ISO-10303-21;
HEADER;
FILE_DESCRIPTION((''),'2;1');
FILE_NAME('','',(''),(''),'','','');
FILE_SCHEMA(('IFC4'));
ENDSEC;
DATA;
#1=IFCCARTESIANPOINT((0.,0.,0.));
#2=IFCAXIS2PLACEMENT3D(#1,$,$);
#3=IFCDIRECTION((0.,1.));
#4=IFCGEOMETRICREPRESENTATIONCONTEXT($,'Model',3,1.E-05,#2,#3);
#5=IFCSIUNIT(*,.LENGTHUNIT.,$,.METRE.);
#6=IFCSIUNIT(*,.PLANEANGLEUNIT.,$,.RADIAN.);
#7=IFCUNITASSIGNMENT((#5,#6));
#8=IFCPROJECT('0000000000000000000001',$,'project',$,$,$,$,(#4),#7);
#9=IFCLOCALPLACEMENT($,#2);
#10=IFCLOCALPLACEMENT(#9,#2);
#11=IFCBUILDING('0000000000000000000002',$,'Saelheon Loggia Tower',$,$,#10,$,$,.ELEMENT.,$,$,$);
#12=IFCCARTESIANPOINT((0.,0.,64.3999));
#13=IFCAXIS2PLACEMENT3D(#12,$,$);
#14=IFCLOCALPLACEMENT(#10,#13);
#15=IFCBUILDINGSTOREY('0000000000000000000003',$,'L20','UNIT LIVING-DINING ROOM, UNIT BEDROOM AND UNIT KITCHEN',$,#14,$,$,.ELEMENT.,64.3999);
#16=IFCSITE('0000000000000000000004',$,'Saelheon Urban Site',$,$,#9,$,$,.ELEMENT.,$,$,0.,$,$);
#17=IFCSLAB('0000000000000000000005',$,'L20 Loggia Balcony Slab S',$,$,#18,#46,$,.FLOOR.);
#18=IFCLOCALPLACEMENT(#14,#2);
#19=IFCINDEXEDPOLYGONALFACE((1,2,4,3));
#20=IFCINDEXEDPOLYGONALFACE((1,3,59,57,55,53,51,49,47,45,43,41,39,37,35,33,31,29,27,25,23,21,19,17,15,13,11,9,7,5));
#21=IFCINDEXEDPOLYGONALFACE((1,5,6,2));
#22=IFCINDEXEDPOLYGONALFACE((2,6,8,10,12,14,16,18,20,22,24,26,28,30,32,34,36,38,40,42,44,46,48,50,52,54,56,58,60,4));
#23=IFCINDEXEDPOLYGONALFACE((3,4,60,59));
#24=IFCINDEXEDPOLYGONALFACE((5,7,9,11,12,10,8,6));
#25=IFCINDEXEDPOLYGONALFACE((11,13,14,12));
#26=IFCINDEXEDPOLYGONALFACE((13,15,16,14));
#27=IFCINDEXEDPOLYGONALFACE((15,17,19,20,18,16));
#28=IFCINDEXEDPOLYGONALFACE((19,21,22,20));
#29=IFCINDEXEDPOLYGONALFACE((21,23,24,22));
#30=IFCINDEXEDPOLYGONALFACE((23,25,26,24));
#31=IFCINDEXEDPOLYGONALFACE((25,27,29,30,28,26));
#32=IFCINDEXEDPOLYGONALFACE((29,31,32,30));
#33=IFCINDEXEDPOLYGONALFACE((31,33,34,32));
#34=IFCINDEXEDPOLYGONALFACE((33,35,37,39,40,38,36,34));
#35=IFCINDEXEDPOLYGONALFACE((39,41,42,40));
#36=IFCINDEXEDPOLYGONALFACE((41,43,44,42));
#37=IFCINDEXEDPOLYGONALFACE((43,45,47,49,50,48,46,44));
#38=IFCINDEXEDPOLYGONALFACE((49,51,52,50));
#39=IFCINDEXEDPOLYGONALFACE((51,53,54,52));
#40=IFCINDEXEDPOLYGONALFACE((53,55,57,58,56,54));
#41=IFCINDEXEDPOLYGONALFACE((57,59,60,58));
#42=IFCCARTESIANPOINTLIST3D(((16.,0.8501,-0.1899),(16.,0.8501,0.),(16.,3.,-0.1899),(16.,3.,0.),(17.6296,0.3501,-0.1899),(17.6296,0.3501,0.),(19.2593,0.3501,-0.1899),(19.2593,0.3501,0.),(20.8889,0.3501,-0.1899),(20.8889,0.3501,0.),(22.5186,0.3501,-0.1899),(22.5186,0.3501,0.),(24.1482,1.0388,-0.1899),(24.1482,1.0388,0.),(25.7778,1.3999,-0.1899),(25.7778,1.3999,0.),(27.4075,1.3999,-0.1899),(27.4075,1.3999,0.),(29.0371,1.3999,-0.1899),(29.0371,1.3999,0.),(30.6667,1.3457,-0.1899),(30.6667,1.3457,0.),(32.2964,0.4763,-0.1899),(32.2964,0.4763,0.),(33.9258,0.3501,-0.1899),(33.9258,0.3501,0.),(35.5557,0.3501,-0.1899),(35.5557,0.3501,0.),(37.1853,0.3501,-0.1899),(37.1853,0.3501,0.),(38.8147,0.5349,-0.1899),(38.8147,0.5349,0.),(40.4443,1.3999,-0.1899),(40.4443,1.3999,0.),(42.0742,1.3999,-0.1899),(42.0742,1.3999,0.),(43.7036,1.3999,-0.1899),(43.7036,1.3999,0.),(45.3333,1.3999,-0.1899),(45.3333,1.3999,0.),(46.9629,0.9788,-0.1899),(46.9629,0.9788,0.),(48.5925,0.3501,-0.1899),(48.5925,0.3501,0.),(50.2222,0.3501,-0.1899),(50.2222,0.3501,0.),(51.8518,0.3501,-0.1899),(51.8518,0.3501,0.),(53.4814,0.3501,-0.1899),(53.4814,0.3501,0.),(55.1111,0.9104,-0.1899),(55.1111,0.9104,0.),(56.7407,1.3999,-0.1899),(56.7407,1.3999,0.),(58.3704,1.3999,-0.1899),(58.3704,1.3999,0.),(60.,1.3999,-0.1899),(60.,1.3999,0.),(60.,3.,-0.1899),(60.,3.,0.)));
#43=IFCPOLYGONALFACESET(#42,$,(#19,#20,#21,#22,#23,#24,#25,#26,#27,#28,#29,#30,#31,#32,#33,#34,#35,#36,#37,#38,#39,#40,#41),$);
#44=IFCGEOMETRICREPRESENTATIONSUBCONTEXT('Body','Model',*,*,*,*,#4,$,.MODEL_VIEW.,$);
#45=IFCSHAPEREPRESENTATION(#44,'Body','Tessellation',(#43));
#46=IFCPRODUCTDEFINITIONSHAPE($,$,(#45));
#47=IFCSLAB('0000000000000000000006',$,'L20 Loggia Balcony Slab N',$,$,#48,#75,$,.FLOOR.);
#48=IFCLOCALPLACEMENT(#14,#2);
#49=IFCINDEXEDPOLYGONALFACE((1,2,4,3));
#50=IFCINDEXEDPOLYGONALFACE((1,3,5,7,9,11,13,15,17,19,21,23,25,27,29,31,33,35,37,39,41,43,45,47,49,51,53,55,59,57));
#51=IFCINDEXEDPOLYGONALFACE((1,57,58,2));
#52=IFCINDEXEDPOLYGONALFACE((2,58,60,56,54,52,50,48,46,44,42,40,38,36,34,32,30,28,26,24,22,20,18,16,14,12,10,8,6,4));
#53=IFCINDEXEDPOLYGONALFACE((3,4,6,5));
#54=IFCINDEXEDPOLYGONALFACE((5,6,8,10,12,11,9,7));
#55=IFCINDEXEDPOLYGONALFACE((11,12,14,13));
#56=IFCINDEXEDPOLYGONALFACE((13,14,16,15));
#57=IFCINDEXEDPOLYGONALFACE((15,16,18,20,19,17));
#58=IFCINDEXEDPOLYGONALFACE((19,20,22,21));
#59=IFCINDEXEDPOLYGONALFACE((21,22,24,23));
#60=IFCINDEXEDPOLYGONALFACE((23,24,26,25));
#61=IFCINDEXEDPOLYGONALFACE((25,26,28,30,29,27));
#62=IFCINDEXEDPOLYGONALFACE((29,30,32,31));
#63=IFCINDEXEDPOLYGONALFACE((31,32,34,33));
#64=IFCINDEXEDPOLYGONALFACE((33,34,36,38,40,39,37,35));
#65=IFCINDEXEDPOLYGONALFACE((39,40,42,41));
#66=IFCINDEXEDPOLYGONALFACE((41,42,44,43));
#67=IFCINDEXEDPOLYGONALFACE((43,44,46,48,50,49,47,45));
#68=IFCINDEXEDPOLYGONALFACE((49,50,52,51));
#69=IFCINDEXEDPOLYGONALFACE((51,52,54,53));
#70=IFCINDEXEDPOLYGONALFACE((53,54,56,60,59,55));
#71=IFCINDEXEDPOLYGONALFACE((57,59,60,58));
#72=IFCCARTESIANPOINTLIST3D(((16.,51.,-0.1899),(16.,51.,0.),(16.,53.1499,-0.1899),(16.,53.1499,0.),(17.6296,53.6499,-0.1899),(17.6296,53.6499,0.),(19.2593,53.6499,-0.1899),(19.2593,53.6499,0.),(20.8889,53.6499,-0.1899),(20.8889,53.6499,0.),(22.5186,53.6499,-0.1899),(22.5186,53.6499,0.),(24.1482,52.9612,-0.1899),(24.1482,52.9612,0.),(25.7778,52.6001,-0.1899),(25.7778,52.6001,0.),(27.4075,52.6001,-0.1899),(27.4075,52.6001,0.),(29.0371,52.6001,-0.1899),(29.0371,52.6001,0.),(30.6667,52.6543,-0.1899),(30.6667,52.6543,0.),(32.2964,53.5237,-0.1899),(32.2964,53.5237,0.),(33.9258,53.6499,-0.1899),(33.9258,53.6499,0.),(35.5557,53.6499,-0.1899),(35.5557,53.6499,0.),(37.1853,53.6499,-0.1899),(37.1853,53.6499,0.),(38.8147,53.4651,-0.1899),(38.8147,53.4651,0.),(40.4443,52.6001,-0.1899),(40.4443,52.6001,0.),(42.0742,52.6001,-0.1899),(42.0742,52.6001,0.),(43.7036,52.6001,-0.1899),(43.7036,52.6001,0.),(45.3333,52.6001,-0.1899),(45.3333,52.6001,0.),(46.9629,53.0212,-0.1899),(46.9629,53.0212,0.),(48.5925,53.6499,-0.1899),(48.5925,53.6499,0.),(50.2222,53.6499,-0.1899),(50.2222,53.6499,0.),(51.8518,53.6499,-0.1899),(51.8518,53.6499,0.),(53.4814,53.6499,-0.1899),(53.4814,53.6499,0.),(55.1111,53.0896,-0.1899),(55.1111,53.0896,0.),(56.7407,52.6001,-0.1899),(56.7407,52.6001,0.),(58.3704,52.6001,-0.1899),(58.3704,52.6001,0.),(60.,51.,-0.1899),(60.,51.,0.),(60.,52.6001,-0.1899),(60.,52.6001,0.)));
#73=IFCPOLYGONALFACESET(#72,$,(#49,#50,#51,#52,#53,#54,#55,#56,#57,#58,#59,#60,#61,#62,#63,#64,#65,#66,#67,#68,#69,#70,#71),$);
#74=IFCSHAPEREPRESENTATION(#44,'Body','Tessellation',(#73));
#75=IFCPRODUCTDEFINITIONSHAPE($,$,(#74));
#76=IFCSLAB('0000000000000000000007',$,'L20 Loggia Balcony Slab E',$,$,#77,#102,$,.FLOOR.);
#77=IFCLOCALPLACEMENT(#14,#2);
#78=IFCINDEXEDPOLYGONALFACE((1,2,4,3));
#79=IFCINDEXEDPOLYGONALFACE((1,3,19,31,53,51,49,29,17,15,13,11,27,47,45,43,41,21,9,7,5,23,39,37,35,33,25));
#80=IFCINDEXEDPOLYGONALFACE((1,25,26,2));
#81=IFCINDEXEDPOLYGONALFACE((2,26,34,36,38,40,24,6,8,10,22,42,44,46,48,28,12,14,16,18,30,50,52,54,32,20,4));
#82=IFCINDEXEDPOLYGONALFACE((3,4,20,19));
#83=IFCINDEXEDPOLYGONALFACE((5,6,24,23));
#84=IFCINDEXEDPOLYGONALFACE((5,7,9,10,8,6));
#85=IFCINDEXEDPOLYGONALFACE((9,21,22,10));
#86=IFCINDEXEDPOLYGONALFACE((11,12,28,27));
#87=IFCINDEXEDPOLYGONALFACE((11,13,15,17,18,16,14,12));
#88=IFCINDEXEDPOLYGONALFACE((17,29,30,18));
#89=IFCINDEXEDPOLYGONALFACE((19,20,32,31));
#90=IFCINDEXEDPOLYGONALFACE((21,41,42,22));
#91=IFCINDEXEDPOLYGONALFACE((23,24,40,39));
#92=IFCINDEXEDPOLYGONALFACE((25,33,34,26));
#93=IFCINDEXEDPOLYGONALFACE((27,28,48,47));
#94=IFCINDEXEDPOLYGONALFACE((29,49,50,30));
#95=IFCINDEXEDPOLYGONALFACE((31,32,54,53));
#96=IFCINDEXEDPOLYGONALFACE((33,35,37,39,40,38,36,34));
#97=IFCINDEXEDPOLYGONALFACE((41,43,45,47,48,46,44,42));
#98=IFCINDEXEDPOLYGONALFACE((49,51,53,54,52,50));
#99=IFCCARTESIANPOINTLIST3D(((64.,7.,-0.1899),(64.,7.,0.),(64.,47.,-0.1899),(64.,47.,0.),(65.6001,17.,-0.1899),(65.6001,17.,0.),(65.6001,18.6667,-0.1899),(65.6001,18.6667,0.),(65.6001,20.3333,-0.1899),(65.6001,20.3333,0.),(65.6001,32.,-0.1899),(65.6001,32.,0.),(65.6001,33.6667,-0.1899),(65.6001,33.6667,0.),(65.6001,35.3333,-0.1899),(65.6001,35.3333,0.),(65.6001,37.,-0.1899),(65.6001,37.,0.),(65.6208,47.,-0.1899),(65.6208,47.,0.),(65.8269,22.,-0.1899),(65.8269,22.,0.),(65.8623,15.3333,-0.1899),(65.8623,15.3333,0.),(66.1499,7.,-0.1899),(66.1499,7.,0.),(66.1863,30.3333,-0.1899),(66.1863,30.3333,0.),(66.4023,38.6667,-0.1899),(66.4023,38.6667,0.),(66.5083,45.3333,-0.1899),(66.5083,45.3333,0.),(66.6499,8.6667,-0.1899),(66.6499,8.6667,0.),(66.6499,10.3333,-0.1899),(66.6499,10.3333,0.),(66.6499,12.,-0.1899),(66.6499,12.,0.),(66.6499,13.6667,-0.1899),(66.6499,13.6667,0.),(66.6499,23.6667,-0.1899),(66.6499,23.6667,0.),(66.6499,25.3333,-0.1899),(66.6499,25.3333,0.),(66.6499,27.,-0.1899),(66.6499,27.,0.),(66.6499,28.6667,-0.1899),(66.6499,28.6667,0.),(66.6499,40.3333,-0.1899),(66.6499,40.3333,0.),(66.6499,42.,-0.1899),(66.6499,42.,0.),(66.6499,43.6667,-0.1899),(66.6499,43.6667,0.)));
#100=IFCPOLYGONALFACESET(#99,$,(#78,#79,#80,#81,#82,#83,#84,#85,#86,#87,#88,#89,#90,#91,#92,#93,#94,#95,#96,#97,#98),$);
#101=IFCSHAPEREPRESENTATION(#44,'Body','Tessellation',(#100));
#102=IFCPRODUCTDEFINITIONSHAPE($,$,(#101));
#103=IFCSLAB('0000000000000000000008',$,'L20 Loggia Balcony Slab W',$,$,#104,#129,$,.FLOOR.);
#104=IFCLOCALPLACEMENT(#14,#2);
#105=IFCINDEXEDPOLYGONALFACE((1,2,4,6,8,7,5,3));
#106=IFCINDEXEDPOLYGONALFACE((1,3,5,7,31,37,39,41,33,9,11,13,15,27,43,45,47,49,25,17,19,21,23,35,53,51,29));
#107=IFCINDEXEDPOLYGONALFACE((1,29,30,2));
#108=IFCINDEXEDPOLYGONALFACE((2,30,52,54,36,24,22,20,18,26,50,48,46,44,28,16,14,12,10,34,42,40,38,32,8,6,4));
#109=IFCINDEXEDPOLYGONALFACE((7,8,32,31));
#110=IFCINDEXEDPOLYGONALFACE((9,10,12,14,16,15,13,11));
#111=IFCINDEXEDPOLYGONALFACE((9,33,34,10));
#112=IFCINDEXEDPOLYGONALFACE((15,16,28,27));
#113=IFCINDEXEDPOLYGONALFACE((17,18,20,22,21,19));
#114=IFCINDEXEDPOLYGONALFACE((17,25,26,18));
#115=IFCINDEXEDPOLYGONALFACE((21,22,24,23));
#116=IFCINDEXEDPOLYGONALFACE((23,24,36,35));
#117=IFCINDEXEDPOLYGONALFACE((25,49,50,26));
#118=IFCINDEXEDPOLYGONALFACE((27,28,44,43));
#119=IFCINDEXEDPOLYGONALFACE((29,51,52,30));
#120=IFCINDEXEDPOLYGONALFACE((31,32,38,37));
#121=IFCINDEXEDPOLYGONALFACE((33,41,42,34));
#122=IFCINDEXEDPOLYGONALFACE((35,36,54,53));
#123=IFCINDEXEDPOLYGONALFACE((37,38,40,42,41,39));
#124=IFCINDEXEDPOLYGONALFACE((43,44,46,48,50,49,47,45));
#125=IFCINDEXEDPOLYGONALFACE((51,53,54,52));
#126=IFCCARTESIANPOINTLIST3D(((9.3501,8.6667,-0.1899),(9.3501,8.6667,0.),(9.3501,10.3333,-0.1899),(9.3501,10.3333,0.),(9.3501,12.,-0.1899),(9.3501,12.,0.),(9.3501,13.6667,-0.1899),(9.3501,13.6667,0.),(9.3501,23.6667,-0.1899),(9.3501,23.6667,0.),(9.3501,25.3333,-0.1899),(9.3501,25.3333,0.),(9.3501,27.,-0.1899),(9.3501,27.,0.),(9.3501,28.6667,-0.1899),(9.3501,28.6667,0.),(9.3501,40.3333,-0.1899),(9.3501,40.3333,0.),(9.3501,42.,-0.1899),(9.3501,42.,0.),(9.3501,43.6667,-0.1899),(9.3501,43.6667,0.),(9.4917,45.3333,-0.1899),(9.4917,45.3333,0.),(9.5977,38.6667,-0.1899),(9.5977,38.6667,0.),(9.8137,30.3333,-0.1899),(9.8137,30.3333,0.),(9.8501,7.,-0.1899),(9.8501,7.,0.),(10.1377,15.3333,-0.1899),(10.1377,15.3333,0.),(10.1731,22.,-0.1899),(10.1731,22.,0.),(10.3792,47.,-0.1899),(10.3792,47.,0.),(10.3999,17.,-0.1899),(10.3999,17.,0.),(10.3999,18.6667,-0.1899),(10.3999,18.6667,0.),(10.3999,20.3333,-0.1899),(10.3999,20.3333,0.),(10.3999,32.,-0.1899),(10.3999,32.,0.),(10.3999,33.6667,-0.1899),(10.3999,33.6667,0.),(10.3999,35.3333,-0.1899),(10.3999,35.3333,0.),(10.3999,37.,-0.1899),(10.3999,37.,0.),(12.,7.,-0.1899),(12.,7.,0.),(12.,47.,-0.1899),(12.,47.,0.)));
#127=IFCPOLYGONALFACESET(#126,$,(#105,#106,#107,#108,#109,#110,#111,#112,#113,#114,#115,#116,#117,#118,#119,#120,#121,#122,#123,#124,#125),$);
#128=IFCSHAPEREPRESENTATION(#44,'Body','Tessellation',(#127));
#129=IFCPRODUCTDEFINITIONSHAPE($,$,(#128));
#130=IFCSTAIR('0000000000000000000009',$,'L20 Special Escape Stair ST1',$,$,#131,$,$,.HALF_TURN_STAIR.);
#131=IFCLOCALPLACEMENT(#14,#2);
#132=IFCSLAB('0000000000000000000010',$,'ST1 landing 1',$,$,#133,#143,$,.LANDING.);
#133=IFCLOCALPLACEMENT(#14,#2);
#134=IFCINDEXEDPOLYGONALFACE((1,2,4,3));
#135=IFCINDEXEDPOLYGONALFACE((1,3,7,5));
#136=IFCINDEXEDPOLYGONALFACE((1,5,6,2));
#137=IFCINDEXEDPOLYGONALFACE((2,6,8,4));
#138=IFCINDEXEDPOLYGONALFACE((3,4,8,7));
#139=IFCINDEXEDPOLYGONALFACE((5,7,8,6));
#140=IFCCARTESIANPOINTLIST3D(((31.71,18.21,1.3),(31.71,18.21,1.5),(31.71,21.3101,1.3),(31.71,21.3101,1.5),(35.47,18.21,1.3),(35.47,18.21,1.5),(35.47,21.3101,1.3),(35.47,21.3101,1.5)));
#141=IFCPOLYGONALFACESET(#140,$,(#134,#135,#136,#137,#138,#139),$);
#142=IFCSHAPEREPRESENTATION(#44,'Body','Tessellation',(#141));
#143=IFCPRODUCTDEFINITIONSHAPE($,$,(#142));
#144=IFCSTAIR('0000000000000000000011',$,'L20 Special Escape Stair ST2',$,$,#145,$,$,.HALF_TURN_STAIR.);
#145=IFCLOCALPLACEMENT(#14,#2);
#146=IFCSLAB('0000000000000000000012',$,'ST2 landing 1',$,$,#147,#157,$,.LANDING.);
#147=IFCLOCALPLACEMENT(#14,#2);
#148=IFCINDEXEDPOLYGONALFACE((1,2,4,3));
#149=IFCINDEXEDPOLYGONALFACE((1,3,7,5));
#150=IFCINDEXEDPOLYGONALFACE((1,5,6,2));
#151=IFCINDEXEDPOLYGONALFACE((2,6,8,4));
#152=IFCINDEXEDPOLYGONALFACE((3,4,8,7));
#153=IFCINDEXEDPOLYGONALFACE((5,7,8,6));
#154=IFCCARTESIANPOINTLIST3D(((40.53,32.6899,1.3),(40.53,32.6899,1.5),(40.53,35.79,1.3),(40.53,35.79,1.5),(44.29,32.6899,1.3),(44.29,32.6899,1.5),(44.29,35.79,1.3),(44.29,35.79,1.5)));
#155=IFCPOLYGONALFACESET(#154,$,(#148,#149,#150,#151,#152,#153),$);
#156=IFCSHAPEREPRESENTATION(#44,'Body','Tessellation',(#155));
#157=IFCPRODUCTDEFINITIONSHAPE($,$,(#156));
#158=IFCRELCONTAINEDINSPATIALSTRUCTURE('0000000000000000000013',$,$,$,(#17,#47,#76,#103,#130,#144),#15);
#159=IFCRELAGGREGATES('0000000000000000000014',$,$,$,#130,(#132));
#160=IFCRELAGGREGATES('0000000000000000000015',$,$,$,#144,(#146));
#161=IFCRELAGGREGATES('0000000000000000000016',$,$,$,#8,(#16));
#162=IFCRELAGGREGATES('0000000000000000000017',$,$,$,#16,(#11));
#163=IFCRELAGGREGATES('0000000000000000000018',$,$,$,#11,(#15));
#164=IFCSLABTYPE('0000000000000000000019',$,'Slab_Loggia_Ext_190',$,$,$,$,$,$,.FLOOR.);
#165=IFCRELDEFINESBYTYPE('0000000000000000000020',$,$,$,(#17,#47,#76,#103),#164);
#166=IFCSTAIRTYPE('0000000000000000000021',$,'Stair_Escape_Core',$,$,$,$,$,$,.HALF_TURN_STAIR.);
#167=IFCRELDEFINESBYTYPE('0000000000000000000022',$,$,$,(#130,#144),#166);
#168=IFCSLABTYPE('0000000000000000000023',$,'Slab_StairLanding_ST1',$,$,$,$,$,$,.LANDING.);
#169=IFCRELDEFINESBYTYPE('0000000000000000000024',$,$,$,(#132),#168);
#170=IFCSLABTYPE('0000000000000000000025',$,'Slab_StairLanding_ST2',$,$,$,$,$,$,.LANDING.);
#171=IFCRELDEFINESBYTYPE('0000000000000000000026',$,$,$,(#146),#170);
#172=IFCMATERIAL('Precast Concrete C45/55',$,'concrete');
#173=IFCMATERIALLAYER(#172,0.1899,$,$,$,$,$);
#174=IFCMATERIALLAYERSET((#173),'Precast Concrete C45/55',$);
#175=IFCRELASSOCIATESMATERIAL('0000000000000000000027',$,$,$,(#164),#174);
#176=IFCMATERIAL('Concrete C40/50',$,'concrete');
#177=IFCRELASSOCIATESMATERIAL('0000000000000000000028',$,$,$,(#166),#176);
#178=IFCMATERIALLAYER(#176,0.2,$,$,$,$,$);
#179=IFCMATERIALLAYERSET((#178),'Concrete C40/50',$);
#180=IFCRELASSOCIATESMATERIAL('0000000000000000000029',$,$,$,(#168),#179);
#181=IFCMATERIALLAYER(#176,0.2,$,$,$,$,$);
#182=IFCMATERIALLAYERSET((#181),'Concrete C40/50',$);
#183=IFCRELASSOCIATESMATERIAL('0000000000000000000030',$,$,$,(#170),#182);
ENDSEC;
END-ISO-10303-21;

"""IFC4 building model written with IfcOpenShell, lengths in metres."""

from ifc_helpers import new_model, si_unit, direction, frame, origin, place, context, subcontext, project, spatial, polyline, outline, extrude, material, layer, layer_set, type_object, element, aggregate, save


model = new_model("IFC4")

# Units and contexts
model_context = context("Model", 3, precision=1e-05, world=origin(), true_north=direction((0.0, 1.0)))
body_context = subcontext(model_context, "Body", "Model", "MODEL_VIEW")
ifc_project = project(units=[si_unit("LENGTHUNIT", "METRE"), si_unit("PLANEANGLEUNIT", "RADIAN")], contexts=[model_context])

# Site, building, storey
site_placement = place(None, origin())
site = spatial("IfcSite", under=ifc_project, at=site_placement, Name="Saelheon Urban Site", CompositionType="ELEMENT", RefElevation=0.0)
building_placement = place(site_placement, origin())
building = spatial("IfcBuilding", under=site, at=building_placement, Name="Saelheon Loggia Tower", CompositionType="ELEMENT")
storey_placement = place(building_placement, frame((0.0, 0.0, 64.3999)))
storey = spatial("IfcBuildingStorey", under=building, at=storey_placement, Name="L20", Description="UNIT LIVING-DINING ROOM, UNIT BEDROOM AND UNIT KITCHEN", CompositionType="ELEMENT", Elevation=64.3999)

# Slabs
ifc_material_1 = material(Name="Precast Concrete C45/55", Category="concrete")
ifc_layer_1 = layer(ifc_material_1, 0.1899)
ifc_layer_set_1 = layer_set([ifc_layer_1], Name="Precast Concrete C45/55")
slab_type_1 = type_object("IfcSlabType", Name="Slab_Loggia_Ext_190", PredefinedType="FLOOR", material=ifc_layer_set_1)
slab_1_placement = place(storey_placement, frame((0.0, 0.0, -0.1899)))
element("IfcSlab", 1, at=slab_1_placement, inside=storey, type_object=slab_type_1, Name="L20 Loggia Balcony Slab S", PredefinedType="FLOOR", context=body_context, shape_type="SweptSolid", body=[
    extrude(outline(polyline([(16.0, 0.8501), (17.6296, 0.3501), (19.2593, 0.3501), (20.8889, 0.3501), (22.5186, 0.3501), (24.1482, 1.0388), (25.7778, 1.3999), (27.4075, 1.3999), (29.0371, 1.3999), (30.6667, 1.3457), (32.2964, 0.4763), (33.9258, 0.3501), (35.5557, 0.3501), (37.1853, 0.3501), (38.8147, 0.5349), (40.4443, 1.3999), (42.0742, 1.3999), (43.7036, 1.3999), (45.3333, 1.3999), (46.9629, 0.9788), (48.5925, 0.3501), (50.2222, 0.3501), (51.8518, 0.3501), (53.4814, 0.3501), (55.1111, 0.9104), (56.7407, 1.3999), (58.3704, 1.3999), (60.0, 1.3999), (60.0, 3.0), (16.0, 3.0), (16.0, 0.8501)])), origin(), (0.0, 0.0, 1.0), 0.1899),
])
slab_2_placement = place(storey_placement, frame((0.0, 0.0, -0.1899)))
element("IfcSlab", 2, at=slab_2_placement, inside=storey, type_object=slab_type_1, Name="L20 Loggia Balcony Slab N", PredefinedType="FLOOR", context=body_context, shape_type="SweptSolid", body=[
    extrude(outline(polyline([(16.0, 51.0), (60.0, 51.0), (60.0, 52.6001), (58.3704, 52.6001), (56.7407, 52.6001), (55.1111, 53.0896), (53.4814, 53.6499), (51.8518, 53.6499), (50.2222, 53.6499), (48.5925, 53.6499), (46.9629, 53.0212), (45.3333, 52.6001), (43.7036, 52.6001), (42.0742, 52.6001), (40.4443, 52.6001), (38.8147, 53.4651), (37.1853, 53.6499), (35.5557, 53.6499), (33.9258, 53.6499), (32.2964, 53.5237), (30.6667, 52.6543), (29.0371, 52.6001), (27.4075, 52.6001), (25.7778, 52.6001), (24.1482, 52.9612), (22.5186, 53.6499), (20.8889, 53.6499), (19.2593, 53.6499), (17.6296, 53.6499), (16.0, 53.1499), (16.0, 51.0)])), origin(), (0.0, 0.0, 1.0), 0.1899),
])
slab_3_placement = place(storey_placement, frame((0.0, 0.0, -0.1899)))
element("IfcSlab", 3, at=slab_3_placement, inside=storey, type_object=slab_type_1, Name="L20 Loggia Balcony Slab E", PredefinedType="FLOOR", context=body_context, shape_type="SweptSolid", body=[
    extrude(outline(polyline([(64.0, 7.0), (66.1499, 7.0), (66.6499, 8.6667), (66.6499, 10.3333), (66.6499, 12.0), (66.6499, 13.6667), (65.8623, 15.3333), (65.6001, 17.0), (65.6001, 18.6667), (65.6001, 20.3333), (65.8269, 22.0), (66.6499, 23.6667), (66.6499, 25.3333), (66.6499, 27.0), (66.6499, 28.6667), (66.1863, 30.3333), (65.6001, 32.0), (65.6001, 33.6667), (65.6001, 35.3333), (65.6001, 37.0), (66.4023, 38.6667), (66.6499, 40.3333), (66.6499, 42.0), (66.6499, 43.6667), (66.5083, 45.3333), (65.6208, 47.0), (64.0, 47.0), (64.0, 7.0)])), origin(), (0.0, 0.0, 1.0), 0.1899),
])
slab_4_placement = place(storey_placement, frame((0.0, 0.0, -0.1899)))
element("IfcSlab", 4, at=slab_4_placement, inside=storey, type_object=slab_type_1, Name="L20 Loggia Balcony Slab W", PredefinedType="FLOOR", context=body_context, shape_type="SweptSolid", body=[
    extrude(outline(polyline([(12.0, 7.0), (12.0, 47.0), (10.3792, 47.0), (9.4917, 45.3333), (9.3501, 43.6667), (9.3501, 42.0), (9.3501, 40.3333), (9.5977, 38.6667), (10.3999, 37.0), (10.3999, 35.3333), (10.3999, 33.6667), (10.3999, 32.0), (9.8137, 30.3333), (9.3501, 28.6667), (9.3501, 27.0), (9.3501, 25.3333), (9.3501, 23.6667), (10.1731, 22.0), (10.3999, 20.3333), (10.3999, 18.6667), (10.3999, 17.0), (10.1377, 15.3333), (9.3501, 13.6667), (9.3501, 12.0), (9.3501, 10.3333), (9.3501, 8.6667), (9.8501, 7.0), (12.0, 7.0)])), origin(), (0.0, 0.0, 1.0), 0.1899),
])

# Stairs, slabs
ifc_material_2 = material(Name="Concrete C40/50", Category="concrete")
stair_type = type_object("IfcStairType", Name="Stair_Escape_Core", PredefinedType="HALF_TURN_STAIR", material=ifc_material_2)
stair_1_placement = place(storey_placement, origin())
stair_1 = element("IfcStair", 5, at=stair_1_placement, inside=storey, type_object=stair_type, Name="L20 Special Escape Stair ST1", PredefinedType="HALF_TURN_STAIR")
ifc_layer_2 = layer(ifc_material_2, 0.2)
ifc_layer_set_2 = layer_set([ifc_layer_2], Name="Concrete C40/50")
slab_type_2 = type_object("IfcSlabType", Name="Slab_StairLanding_ST1", PredefinedType="LANDING", material=ifc_layer_set_2)
slab_5_placement = place(storey_placement, frame((0.0, 0.0, 1.3)))
slab_5 = element("IfcSlab", 6, at=slab_5_placement, type_object=slab_type_2, Name="ST1 landing 1", PredefinedType="LANDING", context=body_context, shape_type="SweptSolid", body=[
    extrude(outline(polyline([(31.71, 21.3101), (31.71, 18.21), (35.47, 18.21), (35.47, 21.3101), (31.71, 21.3101)])), origin(), (0.0, 0.0, 1.0), 0.2),
])
aggregate(stair_1, [slab_5])
stair_2_placement = place(storey_placement, origin())
stair_2 = element("IfcStair", 7, at=stair_2_placement, inside=storey, type_object=stair_type, Name="L20 Special Escape Stair ST2", PredefinedType="HALF_TURN_STAIR")
ifc_layer_3 = layer(ifc_material_2, 0.2)
ifc_layer_set_3 = layer_set([ifc_layer_3], Name="Concrete C40/50")
slab_type_3 = type_object("IfcSlabType", Name="Slab_StairLanding_ST2", PredefinedType="LANDING", material=ifc_layer_set_3)
slab_6_placement = place(storey_placement, frame((0.0, 0.0, 1.3)))
slab_6 = element("IfcSlab", 8, at=slab_6_placement, type_object=slab_type_3, Name="ST2 landing 1", PredefinedType="LANDING", context=body_context, shape_type="SweptSolid", body=[
    extrude(outline(polyline([(44.29, 32.6899), (44.29, 35.79), (40.53, 35.79), (40.53, 32.6899), (44.29, 32.6899)])), origin(), (0.0, 0.0, 1.0), 0.2),
])
aggregate(stair_2, [slab_6])

save(model, "model.ifc")
